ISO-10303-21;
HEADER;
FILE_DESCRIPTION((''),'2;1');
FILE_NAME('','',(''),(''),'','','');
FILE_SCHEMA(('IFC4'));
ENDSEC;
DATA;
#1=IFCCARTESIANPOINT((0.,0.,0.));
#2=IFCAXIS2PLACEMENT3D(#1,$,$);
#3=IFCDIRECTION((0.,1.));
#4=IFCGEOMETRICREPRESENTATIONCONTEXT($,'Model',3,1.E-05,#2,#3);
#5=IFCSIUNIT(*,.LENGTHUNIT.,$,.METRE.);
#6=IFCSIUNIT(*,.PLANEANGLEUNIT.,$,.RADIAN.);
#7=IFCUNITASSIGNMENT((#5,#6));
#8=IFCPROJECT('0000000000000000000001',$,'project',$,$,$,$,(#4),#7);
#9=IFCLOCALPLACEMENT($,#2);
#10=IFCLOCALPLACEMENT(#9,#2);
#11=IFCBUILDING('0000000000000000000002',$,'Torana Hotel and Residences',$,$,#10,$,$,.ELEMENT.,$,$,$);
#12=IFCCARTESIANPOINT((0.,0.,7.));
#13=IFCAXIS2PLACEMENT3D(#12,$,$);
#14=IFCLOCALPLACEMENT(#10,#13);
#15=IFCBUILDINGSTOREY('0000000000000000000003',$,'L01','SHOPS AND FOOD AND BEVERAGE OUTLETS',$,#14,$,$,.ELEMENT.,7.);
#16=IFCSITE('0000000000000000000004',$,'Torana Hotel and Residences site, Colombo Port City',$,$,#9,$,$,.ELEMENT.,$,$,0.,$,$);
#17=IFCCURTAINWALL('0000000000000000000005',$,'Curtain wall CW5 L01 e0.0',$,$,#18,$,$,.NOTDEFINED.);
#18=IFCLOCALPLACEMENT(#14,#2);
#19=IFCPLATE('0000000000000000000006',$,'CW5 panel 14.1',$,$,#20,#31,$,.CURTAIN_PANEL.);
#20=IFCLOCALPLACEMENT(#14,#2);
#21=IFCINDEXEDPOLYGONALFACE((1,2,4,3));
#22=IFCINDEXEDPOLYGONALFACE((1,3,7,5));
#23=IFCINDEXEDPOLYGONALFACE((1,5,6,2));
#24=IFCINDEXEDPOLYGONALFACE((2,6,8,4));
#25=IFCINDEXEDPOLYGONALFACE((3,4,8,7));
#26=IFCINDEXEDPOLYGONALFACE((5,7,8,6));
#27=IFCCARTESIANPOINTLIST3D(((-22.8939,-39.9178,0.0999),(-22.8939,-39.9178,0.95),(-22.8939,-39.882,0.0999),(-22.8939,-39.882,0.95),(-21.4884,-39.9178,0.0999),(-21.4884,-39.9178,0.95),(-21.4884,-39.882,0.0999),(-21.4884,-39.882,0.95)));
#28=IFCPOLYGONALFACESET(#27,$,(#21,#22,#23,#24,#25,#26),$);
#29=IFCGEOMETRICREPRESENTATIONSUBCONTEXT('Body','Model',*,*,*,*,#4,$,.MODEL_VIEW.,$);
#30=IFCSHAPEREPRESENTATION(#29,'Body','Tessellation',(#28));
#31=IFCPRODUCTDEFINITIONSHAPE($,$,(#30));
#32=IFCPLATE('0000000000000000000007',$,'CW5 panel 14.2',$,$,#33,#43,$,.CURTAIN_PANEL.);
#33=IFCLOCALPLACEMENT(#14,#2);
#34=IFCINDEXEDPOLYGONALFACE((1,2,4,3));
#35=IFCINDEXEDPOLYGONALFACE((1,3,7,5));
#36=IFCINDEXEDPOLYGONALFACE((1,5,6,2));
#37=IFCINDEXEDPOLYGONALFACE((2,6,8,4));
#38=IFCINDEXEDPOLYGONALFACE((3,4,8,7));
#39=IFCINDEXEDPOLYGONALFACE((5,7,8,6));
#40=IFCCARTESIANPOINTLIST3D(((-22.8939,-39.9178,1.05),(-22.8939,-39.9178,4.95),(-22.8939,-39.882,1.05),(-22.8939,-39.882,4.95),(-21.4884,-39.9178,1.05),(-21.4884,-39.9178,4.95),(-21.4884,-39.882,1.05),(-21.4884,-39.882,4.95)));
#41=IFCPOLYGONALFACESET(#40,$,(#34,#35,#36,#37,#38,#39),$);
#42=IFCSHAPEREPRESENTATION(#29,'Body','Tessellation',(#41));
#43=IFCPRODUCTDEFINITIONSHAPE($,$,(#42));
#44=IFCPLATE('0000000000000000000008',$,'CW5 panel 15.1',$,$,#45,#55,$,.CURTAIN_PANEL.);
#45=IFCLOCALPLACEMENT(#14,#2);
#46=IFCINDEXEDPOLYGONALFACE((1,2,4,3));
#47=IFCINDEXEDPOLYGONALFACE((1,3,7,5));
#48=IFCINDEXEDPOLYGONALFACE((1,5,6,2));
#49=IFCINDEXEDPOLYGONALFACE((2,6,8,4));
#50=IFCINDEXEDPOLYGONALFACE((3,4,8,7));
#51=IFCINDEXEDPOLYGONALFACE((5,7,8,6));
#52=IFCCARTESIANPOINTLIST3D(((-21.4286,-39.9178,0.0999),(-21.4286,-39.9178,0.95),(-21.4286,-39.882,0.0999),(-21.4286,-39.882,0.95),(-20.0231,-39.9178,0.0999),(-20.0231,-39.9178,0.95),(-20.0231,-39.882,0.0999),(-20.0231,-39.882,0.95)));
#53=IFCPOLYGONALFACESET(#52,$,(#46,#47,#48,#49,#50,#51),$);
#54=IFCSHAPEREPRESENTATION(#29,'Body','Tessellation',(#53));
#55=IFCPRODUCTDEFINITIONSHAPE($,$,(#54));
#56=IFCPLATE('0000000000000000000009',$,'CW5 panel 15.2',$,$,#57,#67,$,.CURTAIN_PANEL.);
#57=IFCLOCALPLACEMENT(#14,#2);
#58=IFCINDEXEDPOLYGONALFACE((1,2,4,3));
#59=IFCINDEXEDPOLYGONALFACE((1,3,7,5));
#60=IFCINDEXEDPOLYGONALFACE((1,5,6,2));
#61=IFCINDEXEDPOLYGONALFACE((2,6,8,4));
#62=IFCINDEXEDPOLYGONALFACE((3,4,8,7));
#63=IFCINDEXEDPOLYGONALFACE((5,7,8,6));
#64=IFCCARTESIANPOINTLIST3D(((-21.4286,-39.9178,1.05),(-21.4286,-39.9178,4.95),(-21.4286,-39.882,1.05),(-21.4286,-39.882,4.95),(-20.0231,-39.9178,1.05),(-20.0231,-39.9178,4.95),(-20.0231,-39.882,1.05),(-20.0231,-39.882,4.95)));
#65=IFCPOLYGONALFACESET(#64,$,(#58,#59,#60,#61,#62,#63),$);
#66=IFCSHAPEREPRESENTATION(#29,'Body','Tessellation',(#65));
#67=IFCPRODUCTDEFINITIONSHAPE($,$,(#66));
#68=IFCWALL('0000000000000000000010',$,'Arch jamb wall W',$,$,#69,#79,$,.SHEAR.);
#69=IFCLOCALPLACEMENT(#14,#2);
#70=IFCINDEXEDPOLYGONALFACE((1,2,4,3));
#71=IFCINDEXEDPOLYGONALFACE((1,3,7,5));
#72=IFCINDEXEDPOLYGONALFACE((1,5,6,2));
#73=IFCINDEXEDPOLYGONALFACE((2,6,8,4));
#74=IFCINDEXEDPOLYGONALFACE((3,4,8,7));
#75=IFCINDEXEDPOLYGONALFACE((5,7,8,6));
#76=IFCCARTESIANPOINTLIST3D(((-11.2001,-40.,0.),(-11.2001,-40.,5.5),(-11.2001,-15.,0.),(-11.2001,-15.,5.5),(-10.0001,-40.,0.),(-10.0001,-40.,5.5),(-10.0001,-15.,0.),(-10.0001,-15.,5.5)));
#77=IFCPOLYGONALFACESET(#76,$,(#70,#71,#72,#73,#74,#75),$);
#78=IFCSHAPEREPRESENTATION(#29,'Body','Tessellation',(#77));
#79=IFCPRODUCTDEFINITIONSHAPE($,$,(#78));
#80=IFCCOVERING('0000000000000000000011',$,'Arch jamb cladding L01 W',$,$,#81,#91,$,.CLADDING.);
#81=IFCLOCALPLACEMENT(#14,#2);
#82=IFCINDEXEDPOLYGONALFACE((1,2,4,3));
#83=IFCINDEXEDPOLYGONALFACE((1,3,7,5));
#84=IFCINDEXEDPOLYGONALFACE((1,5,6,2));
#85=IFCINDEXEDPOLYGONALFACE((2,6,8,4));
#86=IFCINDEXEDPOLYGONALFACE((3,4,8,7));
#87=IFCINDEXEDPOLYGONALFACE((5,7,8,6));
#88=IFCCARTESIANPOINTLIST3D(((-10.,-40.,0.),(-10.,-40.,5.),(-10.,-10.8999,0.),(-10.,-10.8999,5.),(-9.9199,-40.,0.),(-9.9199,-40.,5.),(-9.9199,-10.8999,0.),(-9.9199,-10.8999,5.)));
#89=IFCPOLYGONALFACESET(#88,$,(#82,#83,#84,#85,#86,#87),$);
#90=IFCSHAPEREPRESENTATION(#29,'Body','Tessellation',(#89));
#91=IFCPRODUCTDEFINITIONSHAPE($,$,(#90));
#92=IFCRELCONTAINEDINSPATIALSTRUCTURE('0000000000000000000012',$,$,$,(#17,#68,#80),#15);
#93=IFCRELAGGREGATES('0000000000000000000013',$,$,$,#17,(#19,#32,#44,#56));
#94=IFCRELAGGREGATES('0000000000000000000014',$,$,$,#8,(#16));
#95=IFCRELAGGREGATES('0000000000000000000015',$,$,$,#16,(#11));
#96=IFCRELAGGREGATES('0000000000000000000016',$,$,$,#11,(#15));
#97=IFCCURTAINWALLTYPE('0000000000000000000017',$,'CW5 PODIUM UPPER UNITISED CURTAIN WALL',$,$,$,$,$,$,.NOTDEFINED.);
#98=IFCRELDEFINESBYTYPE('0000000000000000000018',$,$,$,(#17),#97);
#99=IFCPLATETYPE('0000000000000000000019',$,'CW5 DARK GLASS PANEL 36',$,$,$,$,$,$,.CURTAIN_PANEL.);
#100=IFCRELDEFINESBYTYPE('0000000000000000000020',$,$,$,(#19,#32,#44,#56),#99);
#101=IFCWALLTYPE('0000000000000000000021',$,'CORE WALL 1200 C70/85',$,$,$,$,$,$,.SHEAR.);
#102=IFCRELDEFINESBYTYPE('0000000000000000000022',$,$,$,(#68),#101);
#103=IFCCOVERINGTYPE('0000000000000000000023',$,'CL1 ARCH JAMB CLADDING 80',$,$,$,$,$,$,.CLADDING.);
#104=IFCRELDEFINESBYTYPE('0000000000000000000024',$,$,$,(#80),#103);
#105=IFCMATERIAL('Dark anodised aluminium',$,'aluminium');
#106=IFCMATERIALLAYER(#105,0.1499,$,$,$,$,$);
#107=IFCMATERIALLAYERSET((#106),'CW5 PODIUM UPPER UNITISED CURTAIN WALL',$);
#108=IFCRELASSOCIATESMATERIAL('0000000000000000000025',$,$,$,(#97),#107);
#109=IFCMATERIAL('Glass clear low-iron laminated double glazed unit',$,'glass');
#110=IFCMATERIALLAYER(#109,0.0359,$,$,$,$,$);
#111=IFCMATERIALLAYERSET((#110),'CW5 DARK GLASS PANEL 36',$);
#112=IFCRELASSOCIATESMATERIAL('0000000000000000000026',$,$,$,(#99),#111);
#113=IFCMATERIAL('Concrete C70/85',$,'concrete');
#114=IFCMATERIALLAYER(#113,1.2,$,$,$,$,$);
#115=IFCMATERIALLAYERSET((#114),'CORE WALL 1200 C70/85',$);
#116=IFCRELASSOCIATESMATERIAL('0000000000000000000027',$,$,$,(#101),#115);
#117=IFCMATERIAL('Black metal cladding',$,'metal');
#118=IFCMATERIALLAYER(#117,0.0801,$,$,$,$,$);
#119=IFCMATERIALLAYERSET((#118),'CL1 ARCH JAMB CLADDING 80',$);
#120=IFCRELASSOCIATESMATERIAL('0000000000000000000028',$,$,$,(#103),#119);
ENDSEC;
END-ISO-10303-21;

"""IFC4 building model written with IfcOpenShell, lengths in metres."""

from ifc_helpers import new_model, si_unit, direction, frame, frame_2d, origin, origin_2d, place, context, subcontext, project, spatial, rectangle, extrude, material, layer, layer_set, type_object, element, aggregate, save


model = new_model("IFC4")

# Units and contexts
model_context = context("Model", 3, precision=1e-05, world=origin(), true_north=direction((0.0, 1.0)))
body_context = subcontext(model_context, "Body", "Model", "MODEL_VIEW")
ifc_project = project(units=[si_unit("LENGTHUNIT", "METRE"), si_unit("PLANEANGLEUNIT", "RADIAN")], contexts=[model_context])

# Site, building, storey
site_placement = place(None, origin())
site = spatial("IfcSite", under=ifc_project, at=site_placement, Name="Torana Hotel and Residences site, Colombo Port City", CompositionType="ELEMENT", RefElevation=0.0)
building_placement = place(site_placement, origin())
building = spatial("IfcBuilding", under=site, at=building_placement, Name="Torana Hotel and Residences", CompositionType="ELEMENT")
storey_placement = place(building_placement, frame((0.0, 0.0, 7.0)))
storey = spatial("IfcBuildingStorey", under=building, at=storey_placement, Name="L01", Description="SHOPS AND FOOD AND BEVERAGE OUTLETS", CompositionType="ELEMENT", Elevation=7.0)

# Curtain wall, plates
ifc_material_1 = material(Name="Dark anodised aluminium", Category="aluminium")
ifc_layer_1 = layer(ifc_material_1, 0.1499)
ifc_layer_set_1 = layer_set([ifc_layer_1], Name="CW5 PODIUM UPPER UNITISED CURTAIN WALL")
curtain_wall_type = type_object("IfcCurtainWallType", Name="CW5 PODIUM UPPER UNITISED CURTAIN WALL", PredefinedType="NOTDEFINED", material=ifc_layer_set_1)
curtain_wall_placement = place(storey_placement, origin())
curtain_wall = element("IfcCurtainWall", 1, at=curtain_wall_placement, inside=storey, type_object=curtain_wall_type, Name="Curtain wall CW5 L01 e0.0", PredefinedType="NOTDEFINED")
ifc_material_2 = material(Name="Glass clear low-iron laminated double glazed unit", Category="glass")
ifc_layer_2 = layer(ifc_material_2, 0.0359)
ifc_layer_set_2 = layer_set([ifc_layer_2], Name="CW5 DARK GLASS PANEL 36")
plate_type = type_object("IfcPlateType", Name="CW5 DARK GLASS PANEL 36", PredefinedType="CURTAIN_PANEL", material=ifc_layer_set_2)
plate_1_placement = place(storey_placement, frame((-22.1912, -39.8999, 0.0999), z_axis=(0.0, 0.0, 1.0), x_axis=(1.0, 0.0, 0.0)))
plate_1 = element("IfcPlate", 2, at=plate_1_placement, type_object=plate_type, Name="CW5 panel 14.1", PredefinedType="CURTAIN_PANEL", context=body_context, shape_type="SweptSolid", body=[
    extrude(rectangle(XDim=1.4055, YDim=0.0359, at=origin_2d()), origin(), (0.0, 0.0, 1.0), 0.8501),
])
plate_2_placement = place(storey_placement, frame((-22.1912, -39.8999, 1.05), z_axis=(0.0, 0.0, 1.0), x_axis=(1.0, 0.0, 0.0)))
plate_2 = element("IfcPlate", 3, at=plate_2_placement, type_object=plate_type, Name="CW5 panel 14.2", PredefinedType="CURTAIN_PANEL", context=body_context, shape_type="SweptSolid", body=[
    extrude(rectangle(XDim=1.4055, YDim=0.0359, at=origin_2d()), origin(), (0.0, 0.0, 1.0), 3.8999),
])
plate_3_placement = place(storey_placement, frame((-20.7258, -39.8999, 0.0999), z_axis=(0.0, 0.0, 1.0), x_axis=(1.0, 0.0, 0.0)))
plate_3 = element("IfcPlate", 4, at=plate_3_placement, type_object=plate_type, Name="CW5 panel 15.1", PredefinedType="CURTAIN_PANEL", context=body_context, shape_type="SweptSolid", body=[
    extrude(rectangle(XDim=1.4055, YDim=0.0359, at=origin_2d()), origin(), (0.0, 0.0, 1.0), 0.8501),
])
plate_4_placement = place(storey_placement, frame((-20.7258, -39.8999, 1.05), z_axis=(0.0, 0.0, 1.0), x_axis=(1.0, 0.0, 0.0)))
plate_4 = element("IfcPlate", 5, at=plate_4_placement, type_object=plate_type, Name="CW5 panel 15.2", PredefinedType="CURTAIN_PANEL", context=body_context, shape_type="SweptSolid", body=[
    extrude(rectangle(XDim=1.4055, YDim=0.0359, at=origin_2d()), origin(), (0.0, 0.0, 1.0), 3.8999),
])
aggregate(curtain_wall, [plate_1, plate_2, plate_3, plate_4])

# Wall
ifc_material_3 = material(Name="Concrete C70/85", Category="concrete")
ifc_layer_3 = layer(ifc_material_3, 1.2)
ifc_layer_set_3 = layer_set([ifc_layer_3], Name="CORE WALL 1200 C70/85")
wall_type = type_object("IfcWallType", Name="CORE WALL 1200 C70/85", PredefinedType="SHEAR", material=ifc_layer_set_3)
wall_placement = place(storey_placement, frame((-10.6001, -40.0, 0.0), z_axis=(0.0, 0.0, 1.0), x_axis=(0.0, 1.0, 0.0)))
element("IfcWall", 6, at=wall_placement, inside=storey, type_object=wall_type, Name="Arch jamb wall W", PredefinedType="SHEAR", context=body_context, shape_type="SweptSolid", body=[
    extrude(rectangle(XDim=25.0, YDim=1.2, at=frame_2d((12.5, 0.0))), origin(), (0.0, 0.0, 1.0), 5.5),
])

# Covering
ifc_material_4 = material(Name="Black metal cladding", Category="metal")
ifc_layer_4 = layer(ifc_material_4, 0.0801)
ifc_layer_set_4 = layer_set([ifc_layer_4], Name="CL1 ARCH JAMB CLADDING 80")
covering_type = type_object("IfcCoveringType", Name="CL1 ARCH JAMB CLADDING 80", PredefinedType="CLADDING", material=ifc_layer_set_4)
covering_placement = place(storey_placement, frame((-9.96, -40.0, 0.0), z_axis=(0.0, 0.0, 1.0), x_axis=(0.0, 1.0, 0.0)))
element("IfcCovering", 7, at=covering_placement, inside=storey, type_object=covering_type, Name="Arch jamb cladding L01 W", PredefinedType="CLADDING", context=body_context, shape_type="SweptSolid", body=[
    extrude(rectangle(XDim=29.1001, YDim=0.0801, at=frame_2d((14.55, 0.0))), origin(), (0.0, 0.0, 1.0), 5.0),
])

save(model, "model.ifc")
